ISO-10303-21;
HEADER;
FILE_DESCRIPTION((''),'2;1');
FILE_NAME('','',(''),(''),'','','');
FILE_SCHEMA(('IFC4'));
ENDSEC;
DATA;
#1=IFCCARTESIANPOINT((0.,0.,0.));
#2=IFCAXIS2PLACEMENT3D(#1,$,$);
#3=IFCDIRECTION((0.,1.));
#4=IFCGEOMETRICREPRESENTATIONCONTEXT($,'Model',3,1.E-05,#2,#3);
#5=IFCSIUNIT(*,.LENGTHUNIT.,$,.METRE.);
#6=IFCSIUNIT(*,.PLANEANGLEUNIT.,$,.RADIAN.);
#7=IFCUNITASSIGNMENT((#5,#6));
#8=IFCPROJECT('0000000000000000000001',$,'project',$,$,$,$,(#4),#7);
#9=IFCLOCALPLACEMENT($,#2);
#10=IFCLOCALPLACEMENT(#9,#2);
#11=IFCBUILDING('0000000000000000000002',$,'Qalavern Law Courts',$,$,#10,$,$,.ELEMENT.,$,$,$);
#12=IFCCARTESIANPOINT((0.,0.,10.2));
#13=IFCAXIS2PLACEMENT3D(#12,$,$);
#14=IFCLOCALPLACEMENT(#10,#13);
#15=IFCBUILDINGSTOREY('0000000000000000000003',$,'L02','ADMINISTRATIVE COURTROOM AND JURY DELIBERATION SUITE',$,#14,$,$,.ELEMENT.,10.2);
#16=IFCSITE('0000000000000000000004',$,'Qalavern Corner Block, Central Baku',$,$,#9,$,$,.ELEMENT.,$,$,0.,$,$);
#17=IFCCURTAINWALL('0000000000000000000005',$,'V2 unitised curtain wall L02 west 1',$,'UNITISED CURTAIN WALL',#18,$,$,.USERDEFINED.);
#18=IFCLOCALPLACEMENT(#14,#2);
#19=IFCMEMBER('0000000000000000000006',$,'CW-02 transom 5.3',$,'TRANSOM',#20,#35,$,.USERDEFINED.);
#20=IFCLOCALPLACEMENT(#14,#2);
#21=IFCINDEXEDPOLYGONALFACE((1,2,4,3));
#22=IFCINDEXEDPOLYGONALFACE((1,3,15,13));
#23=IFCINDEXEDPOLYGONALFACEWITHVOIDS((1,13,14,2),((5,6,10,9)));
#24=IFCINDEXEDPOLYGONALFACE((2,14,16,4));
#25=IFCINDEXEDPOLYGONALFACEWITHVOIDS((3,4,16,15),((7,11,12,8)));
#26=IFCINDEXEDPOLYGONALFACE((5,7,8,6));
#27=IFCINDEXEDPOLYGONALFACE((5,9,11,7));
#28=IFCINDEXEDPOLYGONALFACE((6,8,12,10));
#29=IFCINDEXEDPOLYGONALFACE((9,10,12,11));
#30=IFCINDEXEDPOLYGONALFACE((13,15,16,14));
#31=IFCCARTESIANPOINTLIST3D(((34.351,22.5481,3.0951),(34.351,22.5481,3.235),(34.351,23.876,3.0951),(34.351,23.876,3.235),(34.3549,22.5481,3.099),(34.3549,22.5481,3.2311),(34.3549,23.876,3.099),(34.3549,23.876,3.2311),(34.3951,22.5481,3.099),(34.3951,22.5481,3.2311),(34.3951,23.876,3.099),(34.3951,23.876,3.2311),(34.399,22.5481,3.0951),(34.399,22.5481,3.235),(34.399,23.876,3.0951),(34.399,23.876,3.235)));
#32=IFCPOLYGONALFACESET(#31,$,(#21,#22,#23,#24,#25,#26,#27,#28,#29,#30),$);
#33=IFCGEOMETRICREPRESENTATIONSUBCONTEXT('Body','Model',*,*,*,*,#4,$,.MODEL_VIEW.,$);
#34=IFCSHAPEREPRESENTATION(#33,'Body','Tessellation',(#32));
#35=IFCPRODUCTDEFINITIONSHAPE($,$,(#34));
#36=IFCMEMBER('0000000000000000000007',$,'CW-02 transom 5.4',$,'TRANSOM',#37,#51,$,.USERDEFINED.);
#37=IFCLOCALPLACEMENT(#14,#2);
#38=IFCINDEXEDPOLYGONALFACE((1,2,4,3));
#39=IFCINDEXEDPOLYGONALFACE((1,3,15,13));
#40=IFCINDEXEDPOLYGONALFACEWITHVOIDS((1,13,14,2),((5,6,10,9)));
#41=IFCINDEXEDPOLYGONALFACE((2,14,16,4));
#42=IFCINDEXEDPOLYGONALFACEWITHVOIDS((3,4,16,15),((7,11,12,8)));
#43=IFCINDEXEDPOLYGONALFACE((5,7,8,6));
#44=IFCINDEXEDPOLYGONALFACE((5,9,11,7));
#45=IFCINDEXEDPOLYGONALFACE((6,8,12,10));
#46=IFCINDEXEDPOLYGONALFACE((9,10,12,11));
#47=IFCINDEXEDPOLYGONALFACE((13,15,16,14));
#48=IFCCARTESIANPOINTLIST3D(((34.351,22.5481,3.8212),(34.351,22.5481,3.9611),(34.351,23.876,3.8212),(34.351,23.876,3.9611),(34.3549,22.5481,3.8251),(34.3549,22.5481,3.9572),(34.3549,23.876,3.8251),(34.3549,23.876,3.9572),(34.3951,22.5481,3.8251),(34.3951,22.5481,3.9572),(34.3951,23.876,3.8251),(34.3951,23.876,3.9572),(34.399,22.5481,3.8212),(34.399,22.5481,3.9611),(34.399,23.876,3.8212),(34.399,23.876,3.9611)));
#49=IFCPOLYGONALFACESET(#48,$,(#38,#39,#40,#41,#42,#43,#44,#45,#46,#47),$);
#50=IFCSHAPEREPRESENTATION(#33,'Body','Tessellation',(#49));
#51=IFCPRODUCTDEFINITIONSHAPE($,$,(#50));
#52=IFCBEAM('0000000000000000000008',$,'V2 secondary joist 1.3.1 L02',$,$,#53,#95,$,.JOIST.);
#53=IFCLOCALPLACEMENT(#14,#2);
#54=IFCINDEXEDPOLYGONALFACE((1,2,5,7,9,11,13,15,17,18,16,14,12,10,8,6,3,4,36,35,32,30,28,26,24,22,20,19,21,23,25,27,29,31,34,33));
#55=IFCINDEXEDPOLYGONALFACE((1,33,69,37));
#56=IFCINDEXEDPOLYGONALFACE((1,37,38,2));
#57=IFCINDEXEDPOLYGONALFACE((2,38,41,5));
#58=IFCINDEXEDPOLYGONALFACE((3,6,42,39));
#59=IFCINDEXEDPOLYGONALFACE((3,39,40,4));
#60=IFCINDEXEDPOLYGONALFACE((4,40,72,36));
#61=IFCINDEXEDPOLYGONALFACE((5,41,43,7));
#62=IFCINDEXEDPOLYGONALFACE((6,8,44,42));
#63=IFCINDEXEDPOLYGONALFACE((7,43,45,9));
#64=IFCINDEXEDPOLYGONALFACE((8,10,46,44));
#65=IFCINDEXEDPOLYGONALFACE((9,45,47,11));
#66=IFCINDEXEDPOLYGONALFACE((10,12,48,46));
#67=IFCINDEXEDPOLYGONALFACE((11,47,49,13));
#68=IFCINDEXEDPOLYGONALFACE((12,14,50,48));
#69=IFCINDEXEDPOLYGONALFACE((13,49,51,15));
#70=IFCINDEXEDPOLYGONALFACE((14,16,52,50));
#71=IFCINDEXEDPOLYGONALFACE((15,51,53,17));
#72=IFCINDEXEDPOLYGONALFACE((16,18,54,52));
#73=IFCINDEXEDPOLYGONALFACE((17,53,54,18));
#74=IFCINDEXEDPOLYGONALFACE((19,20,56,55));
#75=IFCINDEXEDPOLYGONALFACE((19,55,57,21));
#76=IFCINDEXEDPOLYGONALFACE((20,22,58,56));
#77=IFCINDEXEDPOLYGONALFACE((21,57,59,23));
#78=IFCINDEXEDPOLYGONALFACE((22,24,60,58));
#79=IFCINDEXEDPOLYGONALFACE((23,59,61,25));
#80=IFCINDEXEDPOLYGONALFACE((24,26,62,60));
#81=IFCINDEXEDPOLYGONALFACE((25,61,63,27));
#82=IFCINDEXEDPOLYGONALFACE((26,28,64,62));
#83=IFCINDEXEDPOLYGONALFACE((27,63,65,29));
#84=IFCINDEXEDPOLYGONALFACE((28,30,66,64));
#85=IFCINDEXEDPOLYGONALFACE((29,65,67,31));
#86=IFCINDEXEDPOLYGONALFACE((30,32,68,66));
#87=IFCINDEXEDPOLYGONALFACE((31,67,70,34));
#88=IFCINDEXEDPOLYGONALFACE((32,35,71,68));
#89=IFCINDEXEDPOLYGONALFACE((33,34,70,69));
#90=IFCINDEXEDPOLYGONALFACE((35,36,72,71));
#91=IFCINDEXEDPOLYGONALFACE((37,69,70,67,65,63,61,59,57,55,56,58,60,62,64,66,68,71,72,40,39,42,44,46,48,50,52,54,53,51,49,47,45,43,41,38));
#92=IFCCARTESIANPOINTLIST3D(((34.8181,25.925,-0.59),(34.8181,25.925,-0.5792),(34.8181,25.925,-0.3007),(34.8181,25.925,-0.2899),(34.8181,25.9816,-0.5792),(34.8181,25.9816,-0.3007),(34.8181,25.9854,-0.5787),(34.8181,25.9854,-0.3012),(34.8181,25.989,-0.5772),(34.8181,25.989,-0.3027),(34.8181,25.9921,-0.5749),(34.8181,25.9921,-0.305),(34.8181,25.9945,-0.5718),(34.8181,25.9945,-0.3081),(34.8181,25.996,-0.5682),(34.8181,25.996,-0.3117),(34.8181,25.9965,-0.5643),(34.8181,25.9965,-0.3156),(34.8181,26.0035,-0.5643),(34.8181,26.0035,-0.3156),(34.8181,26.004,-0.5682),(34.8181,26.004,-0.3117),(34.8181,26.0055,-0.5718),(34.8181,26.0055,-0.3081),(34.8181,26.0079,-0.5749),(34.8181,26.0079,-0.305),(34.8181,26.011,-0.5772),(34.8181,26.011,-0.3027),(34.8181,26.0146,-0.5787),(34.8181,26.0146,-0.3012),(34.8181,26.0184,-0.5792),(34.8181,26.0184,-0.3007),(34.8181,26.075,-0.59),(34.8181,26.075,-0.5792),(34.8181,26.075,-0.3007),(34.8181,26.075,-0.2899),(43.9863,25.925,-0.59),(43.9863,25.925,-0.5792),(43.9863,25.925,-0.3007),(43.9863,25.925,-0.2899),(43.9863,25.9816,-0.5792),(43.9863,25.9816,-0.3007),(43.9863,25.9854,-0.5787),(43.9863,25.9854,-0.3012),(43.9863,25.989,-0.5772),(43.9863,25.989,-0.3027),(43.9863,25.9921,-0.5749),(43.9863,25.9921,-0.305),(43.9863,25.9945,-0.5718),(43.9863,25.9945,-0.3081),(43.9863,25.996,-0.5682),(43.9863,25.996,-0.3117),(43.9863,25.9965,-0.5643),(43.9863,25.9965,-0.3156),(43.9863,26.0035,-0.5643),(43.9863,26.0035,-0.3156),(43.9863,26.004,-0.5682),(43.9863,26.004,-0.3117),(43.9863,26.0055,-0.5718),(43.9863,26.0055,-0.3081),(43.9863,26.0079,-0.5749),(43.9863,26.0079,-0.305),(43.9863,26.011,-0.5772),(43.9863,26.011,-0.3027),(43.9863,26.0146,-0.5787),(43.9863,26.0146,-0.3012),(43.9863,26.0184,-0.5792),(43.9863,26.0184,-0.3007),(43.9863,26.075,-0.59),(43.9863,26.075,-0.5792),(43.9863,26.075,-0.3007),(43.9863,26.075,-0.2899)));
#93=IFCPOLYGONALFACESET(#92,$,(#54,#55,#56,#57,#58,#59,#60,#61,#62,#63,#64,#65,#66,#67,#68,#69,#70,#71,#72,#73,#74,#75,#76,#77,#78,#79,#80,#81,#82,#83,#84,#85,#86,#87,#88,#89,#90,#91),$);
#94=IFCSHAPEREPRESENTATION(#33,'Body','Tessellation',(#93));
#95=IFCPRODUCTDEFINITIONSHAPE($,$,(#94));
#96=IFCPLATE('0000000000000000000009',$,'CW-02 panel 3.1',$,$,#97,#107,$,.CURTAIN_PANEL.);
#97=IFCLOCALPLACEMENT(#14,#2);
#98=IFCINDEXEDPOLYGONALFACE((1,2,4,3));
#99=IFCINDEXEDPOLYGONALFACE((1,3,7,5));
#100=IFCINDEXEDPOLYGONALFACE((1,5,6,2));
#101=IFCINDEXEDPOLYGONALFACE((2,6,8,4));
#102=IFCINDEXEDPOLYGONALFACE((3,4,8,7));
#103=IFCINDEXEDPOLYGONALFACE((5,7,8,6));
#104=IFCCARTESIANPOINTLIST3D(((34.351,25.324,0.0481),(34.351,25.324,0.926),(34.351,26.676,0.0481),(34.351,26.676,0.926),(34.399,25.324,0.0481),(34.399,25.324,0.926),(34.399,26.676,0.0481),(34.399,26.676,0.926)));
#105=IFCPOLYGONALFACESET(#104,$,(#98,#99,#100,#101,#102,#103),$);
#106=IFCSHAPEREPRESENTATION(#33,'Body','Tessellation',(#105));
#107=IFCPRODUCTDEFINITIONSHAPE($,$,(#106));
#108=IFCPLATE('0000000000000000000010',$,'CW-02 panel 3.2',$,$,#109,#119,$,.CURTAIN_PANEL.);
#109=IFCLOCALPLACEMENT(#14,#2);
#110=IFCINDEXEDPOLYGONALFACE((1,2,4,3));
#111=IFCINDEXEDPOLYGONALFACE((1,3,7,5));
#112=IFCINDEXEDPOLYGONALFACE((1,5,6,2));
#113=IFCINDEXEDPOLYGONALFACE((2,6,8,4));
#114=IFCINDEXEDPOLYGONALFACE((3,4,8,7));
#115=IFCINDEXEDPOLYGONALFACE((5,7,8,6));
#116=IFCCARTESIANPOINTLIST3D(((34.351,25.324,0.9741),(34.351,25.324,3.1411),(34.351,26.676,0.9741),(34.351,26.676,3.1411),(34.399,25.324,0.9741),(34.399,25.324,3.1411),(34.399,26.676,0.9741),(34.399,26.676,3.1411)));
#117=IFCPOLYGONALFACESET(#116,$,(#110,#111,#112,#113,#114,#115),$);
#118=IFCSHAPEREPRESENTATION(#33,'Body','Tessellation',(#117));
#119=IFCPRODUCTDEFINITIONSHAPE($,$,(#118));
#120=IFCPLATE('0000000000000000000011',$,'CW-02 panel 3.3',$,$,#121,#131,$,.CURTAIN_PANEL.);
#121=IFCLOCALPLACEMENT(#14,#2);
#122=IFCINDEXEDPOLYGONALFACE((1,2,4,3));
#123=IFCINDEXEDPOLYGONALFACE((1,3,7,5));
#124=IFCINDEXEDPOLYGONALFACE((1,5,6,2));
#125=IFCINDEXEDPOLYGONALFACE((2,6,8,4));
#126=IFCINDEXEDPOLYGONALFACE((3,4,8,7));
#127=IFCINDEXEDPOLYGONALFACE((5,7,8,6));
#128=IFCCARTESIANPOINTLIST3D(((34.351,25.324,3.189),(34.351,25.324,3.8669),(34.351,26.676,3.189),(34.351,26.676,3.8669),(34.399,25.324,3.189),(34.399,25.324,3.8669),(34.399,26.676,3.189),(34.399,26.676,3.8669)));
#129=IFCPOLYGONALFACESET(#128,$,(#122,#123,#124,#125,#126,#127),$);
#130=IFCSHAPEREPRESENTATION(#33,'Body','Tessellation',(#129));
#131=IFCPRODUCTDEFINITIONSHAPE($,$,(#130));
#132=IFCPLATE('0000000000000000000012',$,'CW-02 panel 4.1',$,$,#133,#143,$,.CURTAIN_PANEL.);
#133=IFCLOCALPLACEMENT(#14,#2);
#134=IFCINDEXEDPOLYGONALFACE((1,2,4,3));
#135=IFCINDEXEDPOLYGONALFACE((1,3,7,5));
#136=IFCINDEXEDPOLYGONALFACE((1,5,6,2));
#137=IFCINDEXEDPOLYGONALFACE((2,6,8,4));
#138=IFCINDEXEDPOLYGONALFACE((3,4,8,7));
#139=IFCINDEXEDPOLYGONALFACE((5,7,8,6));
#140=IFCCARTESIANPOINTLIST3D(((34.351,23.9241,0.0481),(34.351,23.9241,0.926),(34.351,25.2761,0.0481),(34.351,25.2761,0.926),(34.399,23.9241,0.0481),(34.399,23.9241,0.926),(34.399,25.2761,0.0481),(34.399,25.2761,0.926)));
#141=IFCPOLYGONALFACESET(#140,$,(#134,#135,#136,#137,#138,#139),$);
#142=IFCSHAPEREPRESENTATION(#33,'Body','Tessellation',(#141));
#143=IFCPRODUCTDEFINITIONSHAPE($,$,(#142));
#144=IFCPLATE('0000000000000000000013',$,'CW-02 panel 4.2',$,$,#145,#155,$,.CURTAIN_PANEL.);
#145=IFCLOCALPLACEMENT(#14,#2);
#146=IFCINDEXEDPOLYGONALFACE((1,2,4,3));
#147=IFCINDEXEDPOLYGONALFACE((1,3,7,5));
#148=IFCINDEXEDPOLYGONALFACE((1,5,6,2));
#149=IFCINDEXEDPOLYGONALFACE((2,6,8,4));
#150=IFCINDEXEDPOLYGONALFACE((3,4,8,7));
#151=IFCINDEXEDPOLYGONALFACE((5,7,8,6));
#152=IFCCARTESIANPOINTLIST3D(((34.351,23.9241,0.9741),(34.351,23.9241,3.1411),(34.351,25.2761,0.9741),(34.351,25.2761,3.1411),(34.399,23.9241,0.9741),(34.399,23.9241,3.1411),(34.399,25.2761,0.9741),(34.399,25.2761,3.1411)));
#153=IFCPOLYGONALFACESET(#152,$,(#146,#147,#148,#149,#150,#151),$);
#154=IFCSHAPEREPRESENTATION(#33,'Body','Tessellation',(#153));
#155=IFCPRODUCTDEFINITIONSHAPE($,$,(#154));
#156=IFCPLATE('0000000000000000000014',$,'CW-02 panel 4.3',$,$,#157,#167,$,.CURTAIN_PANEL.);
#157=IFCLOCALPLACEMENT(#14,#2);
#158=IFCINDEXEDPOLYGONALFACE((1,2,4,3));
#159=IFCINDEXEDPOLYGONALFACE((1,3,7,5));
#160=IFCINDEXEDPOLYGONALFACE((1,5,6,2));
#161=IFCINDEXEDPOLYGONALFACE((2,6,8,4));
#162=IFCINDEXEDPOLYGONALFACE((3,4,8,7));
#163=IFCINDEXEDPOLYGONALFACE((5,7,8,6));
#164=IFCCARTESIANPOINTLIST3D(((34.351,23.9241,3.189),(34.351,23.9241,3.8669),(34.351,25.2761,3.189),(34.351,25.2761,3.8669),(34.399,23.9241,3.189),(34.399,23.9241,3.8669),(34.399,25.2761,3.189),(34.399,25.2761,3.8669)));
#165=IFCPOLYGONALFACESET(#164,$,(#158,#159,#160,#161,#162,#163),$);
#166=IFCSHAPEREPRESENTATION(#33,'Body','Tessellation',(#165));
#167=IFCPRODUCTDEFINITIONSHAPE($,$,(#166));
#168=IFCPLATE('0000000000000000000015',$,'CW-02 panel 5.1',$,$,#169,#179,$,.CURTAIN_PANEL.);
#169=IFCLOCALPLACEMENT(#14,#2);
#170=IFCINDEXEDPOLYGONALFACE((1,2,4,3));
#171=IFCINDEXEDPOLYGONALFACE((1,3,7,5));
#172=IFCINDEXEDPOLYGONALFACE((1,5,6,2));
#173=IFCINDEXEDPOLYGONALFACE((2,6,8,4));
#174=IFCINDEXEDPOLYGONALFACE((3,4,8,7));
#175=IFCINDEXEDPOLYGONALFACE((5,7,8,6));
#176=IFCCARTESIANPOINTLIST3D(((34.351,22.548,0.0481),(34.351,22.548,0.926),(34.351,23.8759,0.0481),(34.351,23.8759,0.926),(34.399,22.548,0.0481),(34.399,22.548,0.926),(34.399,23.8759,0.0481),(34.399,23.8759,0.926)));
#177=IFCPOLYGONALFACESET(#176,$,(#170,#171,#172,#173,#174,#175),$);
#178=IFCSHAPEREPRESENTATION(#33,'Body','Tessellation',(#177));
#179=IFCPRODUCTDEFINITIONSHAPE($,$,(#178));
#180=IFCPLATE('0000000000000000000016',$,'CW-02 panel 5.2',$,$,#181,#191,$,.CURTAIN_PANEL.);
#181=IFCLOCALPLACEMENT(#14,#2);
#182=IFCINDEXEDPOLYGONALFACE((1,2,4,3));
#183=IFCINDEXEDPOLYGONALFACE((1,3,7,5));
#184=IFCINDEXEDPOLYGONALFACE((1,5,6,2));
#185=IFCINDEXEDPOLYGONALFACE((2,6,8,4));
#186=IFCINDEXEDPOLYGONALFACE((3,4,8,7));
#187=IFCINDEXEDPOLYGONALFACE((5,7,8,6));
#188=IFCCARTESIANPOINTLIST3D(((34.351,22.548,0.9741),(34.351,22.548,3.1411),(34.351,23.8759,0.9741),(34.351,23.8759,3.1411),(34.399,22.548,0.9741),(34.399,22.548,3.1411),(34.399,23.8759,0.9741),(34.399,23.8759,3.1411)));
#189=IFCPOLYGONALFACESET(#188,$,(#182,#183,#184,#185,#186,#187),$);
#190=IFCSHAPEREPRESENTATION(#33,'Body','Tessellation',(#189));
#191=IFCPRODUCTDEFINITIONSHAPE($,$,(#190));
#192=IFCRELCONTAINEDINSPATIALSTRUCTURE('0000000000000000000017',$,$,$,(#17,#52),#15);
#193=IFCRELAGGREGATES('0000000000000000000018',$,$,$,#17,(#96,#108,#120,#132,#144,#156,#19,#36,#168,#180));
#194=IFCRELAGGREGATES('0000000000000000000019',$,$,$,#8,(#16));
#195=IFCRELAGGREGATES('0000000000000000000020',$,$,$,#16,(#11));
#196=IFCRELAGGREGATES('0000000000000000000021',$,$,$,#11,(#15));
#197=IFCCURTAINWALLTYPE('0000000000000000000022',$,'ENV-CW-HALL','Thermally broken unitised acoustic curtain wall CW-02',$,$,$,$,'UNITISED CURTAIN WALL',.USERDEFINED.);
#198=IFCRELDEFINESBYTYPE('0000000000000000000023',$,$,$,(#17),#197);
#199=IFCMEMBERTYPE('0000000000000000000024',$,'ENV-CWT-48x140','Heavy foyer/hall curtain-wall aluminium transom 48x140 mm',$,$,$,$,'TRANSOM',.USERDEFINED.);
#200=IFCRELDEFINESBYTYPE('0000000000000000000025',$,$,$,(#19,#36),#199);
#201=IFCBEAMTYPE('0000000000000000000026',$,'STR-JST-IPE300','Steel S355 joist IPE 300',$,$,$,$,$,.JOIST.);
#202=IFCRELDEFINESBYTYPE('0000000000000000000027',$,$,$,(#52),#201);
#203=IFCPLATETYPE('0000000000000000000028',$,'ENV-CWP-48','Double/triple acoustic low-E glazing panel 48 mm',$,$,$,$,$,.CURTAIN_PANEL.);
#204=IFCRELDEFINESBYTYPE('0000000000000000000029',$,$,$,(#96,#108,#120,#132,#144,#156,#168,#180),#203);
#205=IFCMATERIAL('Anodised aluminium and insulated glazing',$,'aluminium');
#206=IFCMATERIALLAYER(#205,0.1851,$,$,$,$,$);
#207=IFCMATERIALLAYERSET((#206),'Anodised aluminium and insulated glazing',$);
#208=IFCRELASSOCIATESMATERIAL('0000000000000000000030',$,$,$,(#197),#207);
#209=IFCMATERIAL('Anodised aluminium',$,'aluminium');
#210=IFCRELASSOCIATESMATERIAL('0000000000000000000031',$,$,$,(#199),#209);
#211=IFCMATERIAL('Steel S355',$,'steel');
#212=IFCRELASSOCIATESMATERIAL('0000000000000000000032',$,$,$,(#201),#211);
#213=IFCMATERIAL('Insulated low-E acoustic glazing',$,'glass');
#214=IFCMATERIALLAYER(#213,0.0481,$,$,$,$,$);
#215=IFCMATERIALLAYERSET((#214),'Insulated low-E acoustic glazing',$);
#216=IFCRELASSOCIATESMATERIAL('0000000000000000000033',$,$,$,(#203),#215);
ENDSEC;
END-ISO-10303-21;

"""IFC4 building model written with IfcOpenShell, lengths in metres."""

from ifc_helpers import new_model, si_unit, direction, frame, origin, origin_2d, place, context, subcontext, project, spatial, rectangle, hollow_rectangle, i_section, extrude, material, layer, layer_set, material_profile, profile_set, type_object, element, aggregate, save


model = new_model("IFC4")

# Units and contexts
model_context = context("Model", 3, precision=1e-05, world=origin(), true_north=direction((0.0, 1.0)))
body_context = subcontext(model_context, "Body", "Model", "MODEL_VIEW")
ifc_project = project(units=[si_unit("LENGTHUNIT", "METRE"), si_unit("PLANEANGLEUNIT", "RADIAN")], contexts=[model_context])

# Site, building, storey
site_placement = place(None, origin())
site = spatial("IfcSite", under=ifc_project, at=site_placement, Name="Qalavern Corner Block, Central Baku", CompositionType="ELEMENT", RefElevation=0.0)
building_placement = place(site_placement, origin())
building = spatial("IfcBuilding", under=site, at=building_placement, Name="Qalavern Law Courts", CompositionType="ELEMENT")
storey_placement = place(building_placement, frame((0.0, 0.0, 10.2)))
storey = spatial("IfcBuildingStorey", under=building, at=storey_placement, Name="L02", Description="ADMINISTRATIVE COURTROOM AND JURY DELIBERATION SUITE", CompositionType="ELEMENT", Elevation=10.2)

# Curtain wall, members
ifc_material_1 = material(Name="Anodised aluminium and insulated glazing", Category="aluminium")
ifc_layer_1 = layer(ifc_material_1, 0.1851)
ifc_layer_set_1 = layer_set([ifc_layer_1], Name="Anodised aluminium and insulated glazing")
curtain_wall_type = type_object("IfcCurtainWallType", Name="ENV-CW-HALL", Description="Thermally broken unitised acoustic curtain wall CW-02", ElementType="UNITISED CURTAIN WALL", PredefinedType="USERDEFINED", material=ifc_layer_set_1)
curtain_wall_placement = place(storey_placement, origin())
curtain_wall = element("IfcCurtainWall", 1, at=curtain_wall_placement, inside=storey, type_object=curtain_wall_type, Name="V2 unitised curtain wall L02 west 1", ObjectType="UNITISED CURTAIN WALL", PredefinedType="USERDEFINED")
ifc_material_2 = material(Name="Anodised aluminium", Category="aluminium")
ifc_material_profile_1 = material_profile(ifc_material_2, hollow_rectangle(XDim=0.0481, YDim=0.1399, WallThickness=0.0039, at=origin_2d()), Name="ALU TRANSOM 48x140")
ifc_profile_set_1 = profile_set([ifc_material_profile_1], Name="Anodised aluminium")
member_type_1 = type_object("IfcMemberType", Name="ENV-CWT-48x140", Description="Heavy foyer/hall curtain-wall aluminium transom 48x140 mm", ElementType="TRANSOM", PredefinedType="USERDEFINED", material=ifc_profile_set_1)
member_1_placement = place(storey_placement, frame((34.375, 23.876, 3.165), z_axis=(0.0, -1.0, 0.0), x_axis=(1.0, 0.0, 0.0)))
member_1 = element("IfcMember", 2, at=member_1_placement, type_object=member_type_1, Name="CW-02 transom 5.3", ObjectType="TRANSOM", PredefinedType="USERDEFINED", context=body_context, shape_type="SweptSolid", body=[
    extrude(hollow_rectangle(XDim=0.0481, YDim=0.1399, WallThickness=0.0039, at=origin_2d()), origin(), (0.0, 0.0, 1.0), 1.3279),
])
member_2_placement = place(storey_placement, frame((34.375, 23.876, 3.8911), z_axis=(0.0, -1.0, 0.0), x_axis=(1.0, 0.0, 0.0)))
member_2 = element("IfcMember", 3, at=member_2_placement, type_object=member_type_1, Name="CW-02 transom 5.4", ObjectType="TRANSOM", PredefinedType="USERDEFINED", context=body_context, shape_type="SweptSolid", body=[
    extrude(hollow_rectangle(XDim=0.0481, YDim=0.1399, WallThickness=0.0039, at=origin_2d()), origin(), (0.0, 0.0, 1.0), 1.3279),
])

# Beam
ifc_material_3 = material(Name="Steel S355", Category="steel")
ifc_material_profile_2 = material_profile(ifc_material_3, i_section(OverallWidth=0.1499, OverallDepth=0.3, WebThickness=0.0071, FlangeThickness=0.0107, FilletRadius=0.0149, at=origin_2d()), Name="IPE 300")
ifc_profile_set_2 = profile_set([ifc_material_profile_2], Name="Steel S355")
beam_type = type_object("IfcBeamType", Name="STR-JST-IPE300", Description="Steel S355 joist IPE 300", PredefinedType="JOIST", material=ifc_profile_set_2)
beam_placement = place(storey_placement, frame((34.8181, 26.0, -0.4399), z_axis=(1.0, 0.0, 0.0), x_axis=(0.0, 1.0, 0.0)))
element("IfcBeam", 4, at=beam_placement, inside=storey, type_object=beam_type, Name="V2 secondary joist 1.3.1 L02", PredefinedType="JOIST", context=body_context, shape_type="SweptSolid", body=[
    extrude(i_section(OverallWidth=0.1499, OverallDepth=0.3, WebThickness=0.0071, FlangeThickness=0.0107, FilletRadius=0.0149, at=origin_2d()), origin(), (0.0, 0.0, 1.0), 9.1682),
])

# Plates
ifc_material_4 = material(Name="Insulated low-E acoustic glazing", Category="glass")
ifc_layer_2 = layer(ifc_material_4, 0.0481)
ifc_layer_set_2 = layer_set([ifc_layer_2], Name="Insulated low-E acoustic glazing")
plate_type = type_object("IfcPlateType", Name="ENV-CWP-48", Description="Double/triple acoustic low-E glazing panel 48 mm", PredefinedType="CURTAIN_PANEL", material=ifc_layer_set_2)
plate_1_placement = place(storey_placement, frame((34.375, 26.0, 0.0481), z_axis=(0.0, 0.0, 1.0), x_axis=(0.0, -1.0, 0.0)))
plate_1 = element("IfcPlate", 5, at=plate_1_placement, type_object=plate_type, Name="CW-02 panel 3.1", PredefinedType="CURTAIN_PANEL", context=body_context, shape_type="SweptSolid", body=[
    extrude(rectangle(XDim=1.3521, YDim=0.0481, at=origin_2d()), origin(), (0.0, 0.0, 1.0), 0.8779),
])
plate_2_placement = place(storey_placement, frame((34.375, 26.0, 0.9741), z_axis=(0.0, 0.0, 1.0), x_axis=(0.0, -1.0, 0.0)))
plate_2 = element("IfcPlate", 6, at=plate_2_placement, type_object=plate_type, Name="CW-02 panel 3.2", PredefinedType="CURTAIN_PANEL", context=body_context, shape_type="SweptSolid", body=[
    extrude(rectangle(XDim=1.3521, YDim=0.0481, at=origin_2d()), origin(), (0.0, 0.0, 1.0), 2.167),
])
plate_3_placement = place(storey_placement, frame((34.375, 26.0, 3.189), z_axis=(0.0, 0.0, 1.0), x_axis=(0.0, -1.0, 0.0)))
plate_3 = element("IfcPlate", 7, at=plate_3_placement, type_object=plate_type, Name="CW-02 panel 3.3", PredefinedType="CURTAIN_PANEL", context=body_context, shape_type="SweptSolid", body=[
    extrude(rectangle(XDim=1.3521, YDim=0.0481, at=origin_2d()), origin(), (0.0, 0.0, 1.0), 0.678),
])
plate_4_placement = place(storey_placement, frame((34.375, 24.6001, 0.0481), z_axis=(0.0, 0.0, 1.0), x_axis=(0.0, -1.0, 0.0)))
plate_4 = element("IfcPlate", 8, at=plate_4_placement, type_object=plate_type, Name="CW-02 panel 4.1", PredefinedType="CURTAIN_PANEL", context=body_context, shape_type="SweptSolid", body=[
    extrude(rectangle(XDim=1.3521, YDim=0.0481, at=origin_2d()), origin(), (0.0, 0.0, 1.0), 0.8779),
])
plate_5_placement = place(storey_placement, frame((34.375, 24.6001, 0.9741), z_axis=(0.0, 0.0, 1.0), x_axis=(0.0, -1.0, 0.0)))
plate_5 = element("IfcPlate", 9, at=plate_5_placement, type_object=plate_type, Name="CW-02 panel 4.2", PredefinedType="CURTAIN_PANEL", context=body_context, shape_type="SweptSolid", body=[
    extrude(rectangle(XDim=1.3521, YDim=0.0481, at=origin_2d()), origin(), (0.0, 0.0, 1.0), 2.167),
])
plate_6_placement = place(storey_placement, frame((34.375, 24.6001, 3.189), z_axis=(0.0, 0.0, 1.0), x_axis=(0.0, -1.0, 0.0)))
plate_6 = element("IfcPlate", 10, at=plate_6_placement, type_object=plate_type, Name="CW-02 panel 4.3", PredefinedType="CURTAIN_PANEL", context=body_context, shape_type="SweptSolid", body=[
    extrude(rectangle(XDim=1.3521, YDim=0.0481, at=origin_2d()), origin(), (0.0, 0.0, 1.0), 0.678),
])
plate_7_placement = place(storey_placement, frame((34.375, 23.2119, 0.0481), z_axis=(0.0, 0.0, 1.0), x_axis=(0.0, -1.0, 0.0)))
plate_7 = element("IfcPlate", 11, at=plate_7_placement, type_object=plate_type, Name="CW-02 panel 5.1", PredefinedType="CURTAIN_PANEL", context=body_context, shape_type="SweptSolid", body=[
    extrude(rectangle(XDim=1.3279, YDim=0.0481, at=origin_2d()), origin(), (0.0, 0.0, 1.0), 0.8779),
])
plate_8_placement = place(storey_placement, frame((34.375, 23.2119, 0.9741), z_axis=(0.0, 0.0, 1.0), x_axis=(0.0, -1.0, 0.0)))
plate_8 = element("IfcPlate", 12, at=plate_8_placement, type_object=plate_type, Name="CW-02 panel 5.2", PredefinedType="CURTAIN_PANEL", context=body_context, shape_type="SweptSolid", body=[
    extrude(rectangle(XDim=1.3279, YDim=0.0481, at=origin_2d()), origin(), (0.0, 0.0, 1.0), 2.167),
])
aggregate(curtain_wall, [plate_1, plate_2, plate_3, plate_4, plate_5, plate_6, member_1, member_2, plate_7, plate_8])

save(model, "model.ifc")
